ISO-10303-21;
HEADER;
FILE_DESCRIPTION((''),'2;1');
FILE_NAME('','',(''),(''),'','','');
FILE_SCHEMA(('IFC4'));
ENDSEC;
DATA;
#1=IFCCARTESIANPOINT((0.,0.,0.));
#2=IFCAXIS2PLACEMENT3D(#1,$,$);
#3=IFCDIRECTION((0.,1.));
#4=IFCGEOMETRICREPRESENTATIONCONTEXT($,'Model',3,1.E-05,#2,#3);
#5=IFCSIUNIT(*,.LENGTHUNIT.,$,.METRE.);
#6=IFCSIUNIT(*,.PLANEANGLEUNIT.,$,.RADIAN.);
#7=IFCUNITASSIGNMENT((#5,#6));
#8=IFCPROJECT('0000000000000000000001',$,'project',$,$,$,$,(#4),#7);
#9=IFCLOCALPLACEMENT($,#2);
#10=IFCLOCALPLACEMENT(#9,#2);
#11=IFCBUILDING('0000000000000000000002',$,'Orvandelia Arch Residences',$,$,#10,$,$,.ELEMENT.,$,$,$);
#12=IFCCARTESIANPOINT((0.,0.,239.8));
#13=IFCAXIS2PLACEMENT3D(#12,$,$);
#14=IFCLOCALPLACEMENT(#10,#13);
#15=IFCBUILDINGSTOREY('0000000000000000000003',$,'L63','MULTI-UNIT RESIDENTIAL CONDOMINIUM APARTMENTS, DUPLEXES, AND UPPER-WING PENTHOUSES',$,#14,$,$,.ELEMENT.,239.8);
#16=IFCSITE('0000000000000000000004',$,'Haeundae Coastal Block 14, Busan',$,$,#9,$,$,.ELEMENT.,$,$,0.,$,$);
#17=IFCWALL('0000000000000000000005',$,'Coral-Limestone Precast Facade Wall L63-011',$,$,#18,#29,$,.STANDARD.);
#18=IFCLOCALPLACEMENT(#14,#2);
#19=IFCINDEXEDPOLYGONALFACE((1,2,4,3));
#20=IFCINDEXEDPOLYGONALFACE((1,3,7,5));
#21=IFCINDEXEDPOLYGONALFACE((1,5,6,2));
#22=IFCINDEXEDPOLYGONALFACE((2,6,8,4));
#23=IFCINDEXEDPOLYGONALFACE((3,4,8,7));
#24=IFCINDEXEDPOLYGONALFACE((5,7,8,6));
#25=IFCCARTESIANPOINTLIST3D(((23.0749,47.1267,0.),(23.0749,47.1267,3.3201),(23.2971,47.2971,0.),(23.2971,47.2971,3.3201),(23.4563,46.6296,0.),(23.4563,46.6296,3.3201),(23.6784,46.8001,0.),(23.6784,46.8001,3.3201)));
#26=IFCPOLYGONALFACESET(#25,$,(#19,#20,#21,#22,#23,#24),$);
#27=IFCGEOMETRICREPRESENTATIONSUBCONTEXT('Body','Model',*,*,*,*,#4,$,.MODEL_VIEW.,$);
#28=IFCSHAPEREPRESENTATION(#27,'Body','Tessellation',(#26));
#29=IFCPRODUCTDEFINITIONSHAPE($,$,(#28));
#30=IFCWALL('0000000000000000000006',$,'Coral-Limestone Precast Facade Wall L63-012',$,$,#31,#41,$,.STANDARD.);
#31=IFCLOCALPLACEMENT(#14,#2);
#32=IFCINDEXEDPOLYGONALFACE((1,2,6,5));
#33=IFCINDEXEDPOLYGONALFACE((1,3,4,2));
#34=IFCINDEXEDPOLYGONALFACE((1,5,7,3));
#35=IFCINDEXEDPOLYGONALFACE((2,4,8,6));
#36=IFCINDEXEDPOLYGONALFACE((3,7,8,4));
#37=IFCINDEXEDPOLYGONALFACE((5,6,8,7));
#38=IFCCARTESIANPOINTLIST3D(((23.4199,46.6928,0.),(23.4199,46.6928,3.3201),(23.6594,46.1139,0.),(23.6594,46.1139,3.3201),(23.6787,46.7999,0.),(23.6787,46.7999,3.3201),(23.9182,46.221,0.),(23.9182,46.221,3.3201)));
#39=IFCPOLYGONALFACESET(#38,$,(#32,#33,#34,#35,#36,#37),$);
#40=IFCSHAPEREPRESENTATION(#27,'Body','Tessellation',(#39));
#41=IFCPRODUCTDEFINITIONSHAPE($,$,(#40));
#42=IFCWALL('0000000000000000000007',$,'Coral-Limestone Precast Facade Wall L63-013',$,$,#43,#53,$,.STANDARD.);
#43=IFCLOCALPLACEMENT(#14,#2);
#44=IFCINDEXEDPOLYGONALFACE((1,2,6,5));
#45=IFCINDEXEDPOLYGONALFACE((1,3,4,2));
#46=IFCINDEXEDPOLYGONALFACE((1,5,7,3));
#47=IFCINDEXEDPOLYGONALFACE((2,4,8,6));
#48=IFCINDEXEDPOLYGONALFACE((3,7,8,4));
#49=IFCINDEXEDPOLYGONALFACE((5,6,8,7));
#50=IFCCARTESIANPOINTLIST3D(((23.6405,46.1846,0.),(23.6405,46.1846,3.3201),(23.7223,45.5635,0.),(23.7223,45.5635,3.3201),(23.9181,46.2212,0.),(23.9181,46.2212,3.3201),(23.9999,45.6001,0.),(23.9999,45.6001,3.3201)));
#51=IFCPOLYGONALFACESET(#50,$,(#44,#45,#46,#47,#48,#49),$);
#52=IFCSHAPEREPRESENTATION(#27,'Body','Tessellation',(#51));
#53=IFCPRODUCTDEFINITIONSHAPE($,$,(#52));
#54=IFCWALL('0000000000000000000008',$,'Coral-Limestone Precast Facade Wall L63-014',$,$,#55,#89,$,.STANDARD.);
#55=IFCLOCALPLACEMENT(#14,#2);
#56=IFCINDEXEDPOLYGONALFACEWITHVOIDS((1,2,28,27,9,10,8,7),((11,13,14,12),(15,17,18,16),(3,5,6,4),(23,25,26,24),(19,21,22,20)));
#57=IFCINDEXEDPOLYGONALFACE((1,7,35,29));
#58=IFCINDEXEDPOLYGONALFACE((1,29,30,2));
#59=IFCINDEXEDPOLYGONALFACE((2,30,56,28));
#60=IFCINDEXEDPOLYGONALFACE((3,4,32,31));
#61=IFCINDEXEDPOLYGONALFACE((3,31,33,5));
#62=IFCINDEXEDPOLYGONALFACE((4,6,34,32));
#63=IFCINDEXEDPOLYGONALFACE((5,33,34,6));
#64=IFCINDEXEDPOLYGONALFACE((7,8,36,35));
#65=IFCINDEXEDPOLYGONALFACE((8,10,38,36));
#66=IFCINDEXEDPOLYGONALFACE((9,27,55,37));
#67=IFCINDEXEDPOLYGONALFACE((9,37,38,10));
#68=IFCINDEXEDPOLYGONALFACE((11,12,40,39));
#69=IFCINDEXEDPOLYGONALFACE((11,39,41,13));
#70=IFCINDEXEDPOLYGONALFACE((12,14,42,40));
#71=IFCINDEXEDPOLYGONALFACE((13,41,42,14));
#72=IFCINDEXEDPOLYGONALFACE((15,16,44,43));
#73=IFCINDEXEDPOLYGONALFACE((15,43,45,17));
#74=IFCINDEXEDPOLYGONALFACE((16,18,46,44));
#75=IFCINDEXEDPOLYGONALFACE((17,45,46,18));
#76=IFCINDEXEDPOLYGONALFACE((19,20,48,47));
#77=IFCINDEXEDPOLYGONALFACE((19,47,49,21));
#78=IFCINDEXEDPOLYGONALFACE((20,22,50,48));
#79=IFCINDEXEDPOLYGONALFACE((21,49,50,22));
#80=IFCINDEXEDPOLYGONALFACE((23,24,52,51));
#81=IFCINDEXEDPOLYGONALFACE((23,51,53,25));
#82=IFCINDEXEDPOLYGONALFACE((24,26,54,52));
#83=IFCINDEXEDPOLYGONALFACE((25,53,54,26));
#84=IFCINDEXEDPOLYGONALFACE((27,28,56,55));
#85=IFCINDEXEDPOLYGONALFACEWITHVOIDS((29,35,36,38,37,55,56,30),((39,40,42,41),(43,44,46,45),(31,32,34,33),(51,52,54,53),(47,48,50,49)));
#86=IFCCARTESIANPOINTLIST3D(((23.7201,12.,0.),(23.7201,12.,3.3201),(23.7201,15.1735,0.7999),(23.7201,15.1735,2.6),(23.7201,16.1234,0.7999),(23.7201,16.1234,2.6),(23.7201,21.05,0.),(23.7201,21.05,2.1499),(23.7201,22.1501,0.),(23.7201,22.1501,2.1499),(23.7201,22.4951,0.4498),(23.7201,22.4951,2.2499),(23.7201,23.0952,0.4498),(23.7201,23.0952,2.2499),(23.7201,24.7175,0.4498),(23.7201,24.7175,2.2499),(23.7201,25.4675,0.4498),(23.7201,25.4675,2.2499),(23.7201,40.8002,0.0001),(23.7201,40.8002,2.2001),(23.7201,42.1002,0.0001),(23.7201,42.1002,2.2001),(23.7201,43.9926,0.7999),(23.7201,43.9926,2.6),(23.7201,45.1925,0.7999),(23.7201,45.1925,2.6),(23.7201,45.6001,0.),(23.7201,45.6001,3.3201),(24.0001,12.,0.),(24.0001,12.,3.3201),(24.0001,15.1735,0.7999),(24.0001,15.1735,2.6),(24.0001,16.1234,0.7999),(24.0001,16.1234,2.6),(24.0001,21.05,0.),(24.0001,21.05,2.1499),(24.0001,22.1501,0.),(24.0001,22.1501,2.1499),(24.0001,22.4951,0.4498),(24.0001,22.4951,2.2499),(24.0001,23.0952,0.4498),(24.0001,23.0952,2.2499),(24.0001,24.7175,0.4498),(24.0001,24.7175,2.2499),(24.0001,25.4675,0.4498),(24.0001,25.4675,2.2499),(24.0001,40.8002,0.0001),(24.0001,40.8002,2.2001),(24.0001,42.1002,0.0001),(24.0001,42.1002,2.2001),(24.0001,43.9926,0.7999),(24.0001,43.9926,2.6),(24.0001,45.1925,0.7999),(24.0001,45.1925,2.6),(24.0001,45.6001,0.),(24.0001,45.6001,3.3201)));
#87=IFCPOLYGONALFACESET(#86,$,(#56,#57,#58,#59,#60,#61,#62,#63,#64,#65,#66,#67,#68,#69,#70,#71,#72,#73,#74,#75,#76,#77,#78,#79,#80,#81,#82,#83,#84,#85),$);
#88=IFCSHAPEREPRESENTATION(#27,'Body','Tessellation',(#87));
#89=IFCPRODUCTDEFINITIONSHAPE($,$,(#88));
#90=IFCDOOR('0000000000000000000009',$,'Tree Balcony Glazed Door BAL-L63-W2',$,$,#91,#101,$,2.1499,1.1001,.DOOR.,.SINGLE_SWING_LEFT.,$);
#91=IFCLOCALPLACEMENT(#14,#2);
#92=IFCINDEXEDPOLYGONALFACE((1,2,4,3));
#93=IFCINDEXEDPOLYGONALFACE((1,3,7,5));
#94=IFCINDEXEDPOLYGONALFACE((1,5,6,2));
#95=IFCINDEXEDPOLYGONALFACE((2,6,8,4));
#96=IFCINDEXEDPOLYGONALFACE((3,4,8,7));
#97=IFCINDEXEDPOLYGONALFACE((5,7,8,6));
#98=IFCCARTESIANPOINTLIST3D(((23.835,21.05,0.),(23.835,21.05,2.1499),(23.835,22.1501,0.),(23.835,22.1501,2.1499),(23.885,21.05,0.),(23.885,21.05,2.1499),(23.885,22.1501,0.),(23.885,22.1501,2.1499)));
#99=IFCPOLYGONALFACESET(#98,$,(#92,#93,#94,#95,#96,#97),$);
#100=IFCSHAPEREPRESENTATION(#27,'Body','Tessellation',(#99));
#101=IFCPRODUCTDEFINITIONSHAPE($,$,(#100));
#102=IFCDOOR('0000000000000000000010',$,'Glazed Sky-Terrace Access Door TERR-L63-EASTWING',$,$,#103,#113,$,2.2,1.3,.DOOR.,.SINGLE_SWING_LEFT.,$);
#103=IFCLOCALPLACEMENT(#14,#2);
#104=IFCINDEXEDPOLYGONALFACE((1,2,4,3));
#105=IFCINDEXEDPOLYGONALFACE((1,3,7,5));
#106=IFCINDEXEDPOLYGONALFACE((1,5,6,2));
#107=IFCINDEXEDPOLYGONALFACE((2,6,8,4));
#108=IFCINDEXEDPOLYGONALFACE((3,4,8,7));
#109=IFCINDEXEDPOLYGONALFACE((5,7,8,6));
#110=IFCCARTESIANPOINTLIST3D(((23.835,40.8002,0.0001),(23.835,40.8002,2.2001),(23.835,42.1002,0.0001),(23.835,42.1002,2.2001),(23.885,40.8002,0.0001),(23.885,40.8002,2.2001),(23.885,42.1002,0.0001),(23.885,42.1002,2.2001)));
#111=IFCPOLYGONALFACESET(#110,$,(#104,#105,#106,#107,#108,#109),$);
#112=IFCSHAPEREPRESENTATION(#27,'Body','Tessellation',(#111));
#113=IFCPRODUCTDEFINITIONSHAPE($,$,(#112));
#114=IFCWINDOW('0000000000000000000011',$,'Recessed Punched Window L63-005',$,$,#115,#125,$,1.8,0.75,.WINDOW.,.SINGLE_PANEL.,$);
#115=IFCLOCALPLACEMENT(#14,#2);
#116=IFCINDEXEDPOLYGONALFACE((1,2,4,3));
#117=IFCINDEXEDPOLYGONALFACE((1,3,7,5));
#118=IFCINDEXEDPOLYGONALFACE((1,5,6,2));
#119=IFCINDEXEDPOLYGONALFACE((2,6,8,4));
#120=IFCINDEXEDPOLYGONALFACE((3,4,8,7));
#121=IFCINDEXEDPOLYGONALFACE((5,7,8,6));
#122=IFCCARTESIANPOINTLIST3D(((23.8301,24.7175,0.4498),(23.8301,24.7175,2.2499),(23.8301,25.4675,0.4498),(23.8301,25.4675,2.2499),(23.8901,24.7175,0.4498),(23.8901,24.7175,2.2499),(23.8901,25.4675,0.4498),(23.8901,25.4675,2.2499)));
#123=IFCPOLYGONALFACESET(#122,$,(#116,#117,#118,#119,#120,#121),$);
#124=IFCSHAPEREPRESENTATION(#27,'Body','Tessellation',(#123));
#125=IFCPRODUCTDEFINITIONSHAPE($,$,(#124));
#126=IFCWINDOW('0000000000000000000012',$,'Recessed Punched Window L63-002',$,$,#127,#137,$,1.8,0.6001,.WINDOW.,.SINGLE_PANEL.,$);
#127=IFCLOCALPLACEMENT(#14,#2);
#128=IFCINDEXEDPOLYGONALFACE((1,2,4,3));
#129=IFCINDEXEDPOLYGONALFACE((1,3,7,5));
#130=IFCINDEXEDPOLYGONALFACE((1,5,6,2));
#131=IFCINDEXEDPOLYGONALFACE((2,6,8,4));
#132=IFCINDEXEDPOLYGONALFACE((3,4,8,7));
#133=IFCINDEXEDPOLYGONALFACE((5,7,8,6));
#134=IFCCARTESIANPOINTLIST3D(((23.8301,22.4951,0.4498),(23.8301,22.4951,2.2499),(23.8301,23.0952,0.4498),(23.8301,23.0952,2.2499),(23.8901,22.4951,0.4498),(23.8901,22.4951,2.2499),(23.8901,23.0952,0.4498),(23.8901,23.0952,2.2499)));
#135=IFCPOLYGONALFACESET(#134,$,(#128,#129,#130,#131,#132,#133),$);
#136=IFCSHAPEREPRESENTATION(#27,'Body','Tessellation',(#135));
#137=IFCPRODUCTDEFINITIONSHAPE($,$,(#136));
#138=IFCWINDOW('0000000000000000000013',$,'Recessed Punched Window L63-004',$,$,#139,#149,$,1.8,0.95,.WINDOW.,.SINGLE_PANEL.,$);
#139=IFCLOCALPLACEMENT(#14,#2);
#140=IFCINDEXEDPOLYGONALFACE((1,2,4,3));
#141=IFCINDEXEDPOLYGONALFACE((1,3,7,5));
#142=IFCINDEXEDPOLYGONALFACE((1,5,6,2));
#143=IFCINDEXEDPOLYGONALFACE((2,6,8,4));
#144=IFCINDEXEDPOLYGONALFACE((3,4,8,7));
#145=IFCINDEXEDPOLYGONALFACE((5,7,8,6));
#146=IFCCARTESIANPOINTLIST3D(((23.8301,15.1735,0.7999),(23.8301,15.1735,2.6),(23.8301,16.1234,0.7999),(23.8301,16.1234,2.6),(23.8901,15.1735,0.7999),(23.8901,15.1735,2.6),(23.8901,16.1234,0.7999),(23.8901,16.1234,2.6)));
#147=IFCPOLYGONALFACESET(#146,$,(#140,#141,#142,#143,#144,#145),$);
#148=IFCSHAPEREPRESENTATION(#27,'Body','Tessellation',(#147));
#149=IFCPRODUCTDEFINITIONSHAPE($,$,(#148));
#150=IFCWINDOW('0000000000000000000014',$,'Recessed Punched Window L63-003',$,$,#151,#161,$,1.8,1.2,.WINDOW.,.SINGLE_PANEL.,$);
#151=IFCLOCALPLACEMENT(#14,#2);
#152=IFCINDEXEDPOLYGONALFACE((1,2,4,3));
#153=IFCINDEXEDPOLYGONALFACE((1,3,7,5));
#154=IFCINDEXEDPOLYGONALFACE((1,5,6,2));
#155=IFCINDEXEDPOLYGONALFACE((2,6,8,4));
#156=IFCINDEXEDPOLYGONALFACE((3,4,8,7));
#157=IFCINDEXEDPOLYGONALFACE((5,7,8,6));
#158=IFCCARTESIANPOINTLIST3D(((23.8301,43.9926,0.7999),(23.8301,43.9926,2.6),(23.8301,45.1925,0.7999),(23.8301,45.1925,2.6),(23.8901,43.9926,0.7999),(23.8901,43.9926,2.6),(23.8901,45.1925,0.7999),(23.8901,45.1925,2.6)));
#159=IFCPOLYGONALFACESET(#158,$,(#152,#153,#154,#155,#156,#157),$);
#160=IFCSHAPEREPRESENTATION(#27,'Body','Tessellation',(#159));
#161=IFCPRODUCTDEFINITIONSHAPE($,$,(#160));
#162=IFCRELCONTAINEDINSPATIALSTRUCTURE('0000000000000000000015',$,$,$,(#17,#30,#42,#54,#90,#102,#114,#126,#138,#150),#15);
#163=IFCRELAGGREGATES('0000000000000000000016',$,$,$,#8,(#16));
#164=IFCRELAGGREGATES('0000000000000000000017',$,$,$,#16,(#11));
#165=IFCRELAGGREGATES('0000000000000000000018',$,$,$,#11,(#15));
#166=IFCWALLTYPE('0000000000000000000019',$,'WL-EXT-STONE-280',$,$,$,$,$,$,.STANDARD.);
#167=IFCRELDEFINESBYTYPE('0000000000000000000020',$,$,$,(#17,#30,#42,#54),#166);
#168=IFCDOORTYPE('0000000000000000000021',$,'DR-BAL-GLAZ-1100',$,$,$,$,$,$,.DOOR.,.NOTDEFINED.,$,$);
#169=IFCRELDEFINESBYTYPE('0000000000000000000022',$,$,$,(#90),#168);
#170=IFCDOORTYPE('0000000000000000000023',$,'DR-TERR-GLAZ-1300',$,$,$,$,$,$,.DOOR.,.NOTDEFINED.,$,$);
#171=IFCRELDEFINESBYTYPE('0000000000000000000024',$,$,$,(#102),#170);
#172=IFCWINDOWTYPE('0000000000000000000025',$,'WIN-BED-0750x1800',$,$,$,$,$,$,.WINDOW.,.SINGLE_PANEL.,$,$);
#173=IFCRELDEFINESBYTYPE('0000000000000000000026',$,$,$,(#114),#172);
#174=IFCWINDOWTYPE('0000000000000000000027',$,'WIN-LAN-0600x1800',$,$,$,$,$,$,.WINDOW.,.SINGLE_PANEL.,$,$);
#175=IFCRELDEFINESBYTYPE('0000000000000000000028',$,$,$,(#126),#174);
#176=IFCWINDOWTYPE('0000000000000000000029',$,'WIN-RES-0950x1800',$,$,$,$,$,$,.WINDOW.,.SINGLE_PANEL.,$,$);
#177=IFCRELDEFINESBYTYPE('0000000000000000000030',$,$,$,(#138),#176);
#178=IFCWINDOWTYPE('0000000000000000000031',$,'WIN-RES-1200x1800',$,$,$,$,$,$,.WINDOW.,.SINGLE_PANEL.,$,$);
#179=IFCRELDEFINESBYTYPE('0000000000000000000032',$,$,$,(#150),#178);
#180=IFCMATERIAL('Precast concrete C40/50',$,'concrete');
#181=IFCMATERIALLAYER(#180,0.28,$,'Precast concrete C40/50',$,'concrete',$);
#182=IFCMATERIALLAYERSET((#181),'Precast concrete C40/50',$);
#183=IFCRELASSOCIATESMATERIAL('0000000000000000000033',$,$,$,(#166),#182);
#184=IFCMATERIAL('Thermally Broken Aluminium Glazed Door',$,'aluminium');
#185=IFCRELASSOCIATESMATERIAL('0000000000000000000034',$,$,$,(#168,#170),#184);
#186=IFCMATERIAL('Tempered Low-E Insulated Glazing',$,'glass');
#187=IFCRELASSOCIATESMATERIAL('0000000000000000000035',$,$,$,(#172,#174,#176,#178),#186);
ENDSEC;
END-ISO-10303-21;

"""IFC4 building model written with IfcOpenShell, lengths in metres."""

from ifc_helpers import new_model, si_unit, direction, frame, frame_2d, origin, place, context, subcontext, project, spatial, rectangle, extrude, material, layer, layer_set, type_object, element, fill, save


model = new_model("IFC4")

# Units and contexts
model_context = context("Model", 3, precision=1e-05, world=origin(), true_north=direction((0.0, 1.0)))
body_context = subcontext(model_context, "Body", "Model", "MODEL_VIEW")
ifc_project = project(units=[si_unit("LENGTHUNIT", "METRE"), si_unit("PLANEANGLEUNIT", "RADIAN")], contexts=[model_context])

# Site, building, storey
site_placement = place(None, origin())
site = spatial("IfcSite", under=ifc_project, at=site_placement, Name="Haeundae Coastal Block 14, Busan", CompositionType="ELEMENT", RefElevation=0.0)
building_placement = place(site_placement, origin())
building = spatial("IfcBuilding", under=site, at=building_placement, Name="Orvandelia Arch Residences", CompositionType="ELEMENT")
storey_placement = place(building_placement, frame((0.0, 0.0, 239.8)))
storey = spatial("IfcBuildingStorey", under=building, at=storey_placement, Name="L63", Description="MULTI-UNIT RESIDENTIAL CONDOMINIUM APARTMENTS, DUPLEXES, AND UPPER-WING PENTHOUSES", CompositionType="ELEMENT", Elevation=239.8)

# Walls
ifc_material_1 = material(Name="Precast concrete C40/50", Category="concrete")
ifc_layer_1 = layer(ifc_material_1, 0.28, Name="Precast concrete C40/50", Category="concrete")
ifc_layer_set_1 = layer_set([ifc_layer_1], Name="Precast concrete C40/50")
wall_type_1 = type_object("IfcWallType", Name="WL-EXT-STONE-280", PredefinedType="STANDARD", material=ifc_layer_set_1)
for number, where, z_axis, x_axis, name in (
    (1, (23.186, 47.2119, 0.0), (0.0, 0.0, 1.0), (0.608693, -0.793406, 0.0), "Coral-Limestone Precast Facade Wall L63-011"),
    (2, (23.5493, 46.7463, 0.0), (0.0, 0.0, 1.0), (0.382317, -0.924031, 0.0), "Coral-Limestone Precast Facade Wall L63-012"),
    (3, (23.7793, 46.2029, 0.0), (0.0, 0.0, 1.0), (0.130555, -0.991441, 0.0), "Coral-Limestone Precast Facade Wall L63-013"),
):
    element("IfcWall", number, at=place(storey_placement, frame(where, z_axis=z_axis, x_axis=x_axis)), inside=storey, type_object=wall_type_1, Name=name, PredefinedType="STANDARD", context=body_context, shape_type="SweptSolid", body=[
        extrude(rectangle(XDim=0.6265, YDim=0.28, at=frame_2d((0.3132, 0.0))), origin(), (0.0, 0.0, 1.0), 3.3201),
    ])

# Wall, openings, doors, windows
wall_1_placement = place(storey_placement, frame((23.8601, 45.6001, 0.0), z_axis=(0.0, 0.0, 1.0), x_axis=(0.0, -1.0, 0.0)))
wall_1 = element("IfcWall", 4, at=wall_1_placement, inside=storey, type_object=wall_type_1, Name="Coral-Limestone Precast Facade Wall L63-014", PredefinedType="STANDARD", context=body_context, shape_type="SweptSolid", body=[
    extrude(rectangle(XDim=33.6001, YDim=0.28, at=frame_2d((16.8, 0.0))), origin(), (0.0, 0.0, 1.0), 3.3201),
])
opening_1_placement = place(wall_1_placement, frame((3.5, 0.0, 0.0)))
opening_1 = element("IfcOpeningElement", 5, at=opening_1_placement, cuts=wall_1, PredefinedType="OPENING", context=body_context, shape_type="SweptSolid", body=[
    extrude(rectangle(XDim=1.3, YDim=2.2, at=frame_2d((0.6499, 1.1001))), frame((0.0, 0.1499, 0.0), z_axis=(0.0, -1.0, 0.0), x_axis=(1.0, 0.0, 0.0)), (0.0, 0.0, 1.0), 0.3),
])
opening_2_placement = place(wall_1_placement, frame((23.45, 0.0, 0.0)))
opening_2 = element("IfcOpeningElement", 6, at=opening_2_placement, cuts=wall_1, PredefinedType="OPENING", context=body_context, shape_type="SweptSolid", body=[
    extrude(rectangle(XDim=1.1001, YDim=2.1499, at=frame_2d((0.55, 1.075))), frame((0.0, 0.1499, 0.0), z_axis=(0.0, -1.0, 0.0), x_axis=(1.0, 0.0, 0.0)), (0.0, 0.0, 1.0), 0.3),
])
opening_3_placement = place(wall_1_placement, frame((22.5049, 0.0, 0.45)))
opening_3 = element("IfcOpeningElement", 7, at=opening_3_placement, cuts=wall_1, PredefinedType="OPENING", context=body_context, shape_type="SweptSolid", body=[
    extrude(rectangle(XDim=0.6001, YDim=1.8, at=frame_2d((0.3, 0.8999))), frame((0.0, 0.1499, 0.0), z_axis=(0.0, -1.0, 0.0), x_axis=(1.0, 0.0, 0.0)), (0.0, 0.0, 1.0), 0.3),
])
opening_4_placement = place(wall_1_placement, frame((0.4075, 0.0, 0.8)))
opening_4 = element("IfcOpeningElement", 8, at=opening_4_placement, cuts=wall_1, PredefinedType="OPENING", context=body_context, shape_type="SweptSolid", body=[
    extrude(rectangle(XDim=1.2, YDim=1.8, at=frame_2d((0.6001, 0.8999))), frame((0.0, 0.1499, 0.0), z_axis=(0.0, -1.0, 0.0), x_axis=(1.0, 0.0, 0.0)), (0.0, 0.0, 1.0), 0.3),
])
opening_5_placement = place(wall_1_placement, frame((29.4766, 0.0, 0.8)))
opening_5 = element("IfcOpeningElement", 9, at=opening_5_placement, cuts=wall_1, PredefinedType="OPENING", context=body_context, shape_type="SweptSolid", body=[
    extrude(rectangle(XDim=0.95, YDim=1.8, at=frame_2d((0.4751, 0.8999))), frame((0.0, 0.1499, 0.0), z_axis=(0.0, -1.0, 0.0), x_axis=(1.0, 0.0, 0.0)), (0.0, 0.0, 1.0), 0.3),
])
opening_6_placement = place(wall_1_placement, frame((20.1326, 0.0, 0.45)))
opening_6 = element("IfcOpeningElement", 10, at=opening_6_placement, cuts=wall_1, PredefinedType="OPENING", context=body_context, shape_type="SweptSolid", body=[
    extrude(rectangle(XDim=0.75, YDim=1.8, at=frame_2d((0.375, 0.8999))), frame((0.0, 0.1499, 0.0), z_axis=(0.0, -1.0, 0.0), x_axis=(1.0, 0.0, 0.0)), (0.0, 0.0, 1.0), 0.3),
])
ifc_material_2 = material(Name="Thermally Broken Aluminium Glazed Door", Category="aluminium")
door_type_1 = type_object("IfcDoorType", Name="DR-BAL-GLAZ-1100", OperationType="NOTDEFINED", PredefinedType="DOOR", material=ifc_material_2)
door_1_placement = place(opening_2_placement, origin())
door_1 = element("IfcDoor", 11, at=door_1_placement, inside=storey, type_object=door_type_1, Name="Tree Balcony Glazed Door BAL-L63-W2", OperationType="SINGLE_SWING_LEFT", OverallHeight=2.1499, OverallWidth=1.1001, PredefinedType="DOOR", context=body_context, shape_type="SweptSolid", body=[
    extrude(rectangle(XDim=1.1001, YDim=2.1499, at=frame_2d((0.55, 1.075))), frame((0.0, 0.0249, 0.0), z_axis=(0.0, -1.0, 0.0), x_axis=(1.0, 0.0, 0.0)), (0.0, 0.0, 1.0), 0.05),
])
fill(opening_2, door_1)
door_type_2 = type_object("IfcDoorType", Name="DR-TERR-GLAZ-1300", OperationType="NOTDEFINED", PredefinedType="DOOR", material=ifc_material_2)
door_2_placement = place(opening_1_placement, origin())
door_2 = element("IfcDoor", 12, at=door_2_placement, inside=storey, type_object=door_type_2, Name="Glazed Sky-Terrace Access Door TERR-L63-EASTWING", OperationType="SINGLE_SWING_LEFT", OverallHeight=2.2, OverallWidth=1.3, PredefinedType="DOOR", context=body_context, shape_type="SweptSolid", body=[
    extrude(rectangle(XDim=1.3, YDim=2.2, at=frame_2d((0.6499, 1.1001))), frame((0.0, 0.0249, 0.0), z_axis=(0.0, -1.0, 0.0), x_axis=(1.0, 0.0, 0.0)), (0.0, 0.0, 1.0), 0.05),
])
fill(opening_1, door_2)
ifc_material_3 = material(Name="Tempered Low-E Insulated Glazing", Category="glass")
window_type_1 = type_object("IfcWindowType", Name="WIN-BED-0750x1800", PartitioningType="SINGLE_PANEL", PredefinedType="WINDOW", material=ifc_material_3)
window_1_placement = place(opening_6_placement, origin())
window_1 = element("IfcWindow", 13, at=window_1_placement, inside=storey, type_object=window_type_1, Name="Recessed Punched Window L63-005", OverallHeight=1.8, OverallWidth=0.75, PartitioningType="SINGLE_PANEL", PredefinedType="WINDOW", context=body_context, shape_type="SweptSolid", body=[
    extrude(rectangle(XDim=0.75, YDim=1.8, at=frame_2d((0.375, 0.8999))), frame((0.0, 0.03, 0.0), z_axis=(0.0, -1.0, 0.0), x_axis=(1.0, 0.0, 0.0)), (0.0, 0.0, 1.0), 0.0601),
])
fill(opening_6, window_1)
window_type_2 = type_object("IfcWindowType", Name="WIN-LAN-0600x1800", PartitioningType="SINGLE_PANEL", PredefinedType="WINDOW", material=ifc_material_3)
window_2_placement = place(opening_3_placement, origin())
window_2 = element("IfcWindow", 14, at=window_2_placement, inside=storey, type_object=window_type_2, Name="Recessed Punched Window L63-002", OverallHeight=1.8, OverallWidth=0.6001, PartitioningType="SINGLE_PANEL", PredefinedType="WINDOW", context=body_context, shape_type="SweptSolid", body=[
    extrude(rectangle(XDim=0.6001, YDim=1.8, at=frame_2d((0.3, 0.8999))), frame((0.0, 0.03, 0.0), z_axis=(0.0, -1.0, 0.0), x_axis=(1.0, 0.0, 0.0)), (0.0, 0.0, 1.0), 0.0601),
])
fill(opening_3, window_2)
window_type_3 = type_object("IfcWindowType", Name="WIN-RES-0950x1800", PartitioningType="SINGLE_PANEL", PredefinedType="WINDOW", material=ifc_material_3)
window_3_placement = place(opening_5_placement, origin())
window_3 = element("IfcWindow", 15, at=window_3_placement, inside=storey, type_object=window_type_3, Name="Recessed Punched Window L63-004", OverallHeight=1.8, OverallWidth=0.95, PartitioningType="SINGLE_PANEL", PredefinedType="WINDOW", context=body_context, shape_type="SweptSolid", body=[
    extrude(rectangle(XDim=0.95, YDim=1.8, at=frame_2d((0.4751, 0.8999))), frame((0.0, 0.03, 0.0), z_axis=(0.0, -1.0, 0.0), x_axis=(1.0, 0.0, 0.0)), (0.0, 0.0, 1.0), 0.0601),
])
fill(opening_5, window_3)
window_type_4 = type_object("IfcWindowType", Name="WIN-RES-1200x1800", PartitioningType="SINGLE_PANEL", PredefinedType="WINDOW", material=ifc_material_3)
window_4_placement = place(opening_4_placement, origin())
window_4 = element("IfcWindow", 16, at=window_4_placement, inside=storey, type_object=window_type_4, Name="Recessed Punched Window L63-003", OverallHeight=1.8, OverallWidth=1.2, PartitioningType="SINGLE_PANEL", PredefinedType="WINDOW", context=body_context, shape_type="SweptSolid", body=[
    extrude(rectangle(XDim=1.2, YDim=1.8, at=frame_2d((0.6001, 0.8999))), frame((0.0, 0.03, 0.0), z_axis=(0.0, -1.0, 0.0), x_axis=(1.0, 0.0, 0.0)), (0.0, 0.0, 1.0), 0.0601),
])
fill(opening_4, window_4)

save(model, "model.ifc")
